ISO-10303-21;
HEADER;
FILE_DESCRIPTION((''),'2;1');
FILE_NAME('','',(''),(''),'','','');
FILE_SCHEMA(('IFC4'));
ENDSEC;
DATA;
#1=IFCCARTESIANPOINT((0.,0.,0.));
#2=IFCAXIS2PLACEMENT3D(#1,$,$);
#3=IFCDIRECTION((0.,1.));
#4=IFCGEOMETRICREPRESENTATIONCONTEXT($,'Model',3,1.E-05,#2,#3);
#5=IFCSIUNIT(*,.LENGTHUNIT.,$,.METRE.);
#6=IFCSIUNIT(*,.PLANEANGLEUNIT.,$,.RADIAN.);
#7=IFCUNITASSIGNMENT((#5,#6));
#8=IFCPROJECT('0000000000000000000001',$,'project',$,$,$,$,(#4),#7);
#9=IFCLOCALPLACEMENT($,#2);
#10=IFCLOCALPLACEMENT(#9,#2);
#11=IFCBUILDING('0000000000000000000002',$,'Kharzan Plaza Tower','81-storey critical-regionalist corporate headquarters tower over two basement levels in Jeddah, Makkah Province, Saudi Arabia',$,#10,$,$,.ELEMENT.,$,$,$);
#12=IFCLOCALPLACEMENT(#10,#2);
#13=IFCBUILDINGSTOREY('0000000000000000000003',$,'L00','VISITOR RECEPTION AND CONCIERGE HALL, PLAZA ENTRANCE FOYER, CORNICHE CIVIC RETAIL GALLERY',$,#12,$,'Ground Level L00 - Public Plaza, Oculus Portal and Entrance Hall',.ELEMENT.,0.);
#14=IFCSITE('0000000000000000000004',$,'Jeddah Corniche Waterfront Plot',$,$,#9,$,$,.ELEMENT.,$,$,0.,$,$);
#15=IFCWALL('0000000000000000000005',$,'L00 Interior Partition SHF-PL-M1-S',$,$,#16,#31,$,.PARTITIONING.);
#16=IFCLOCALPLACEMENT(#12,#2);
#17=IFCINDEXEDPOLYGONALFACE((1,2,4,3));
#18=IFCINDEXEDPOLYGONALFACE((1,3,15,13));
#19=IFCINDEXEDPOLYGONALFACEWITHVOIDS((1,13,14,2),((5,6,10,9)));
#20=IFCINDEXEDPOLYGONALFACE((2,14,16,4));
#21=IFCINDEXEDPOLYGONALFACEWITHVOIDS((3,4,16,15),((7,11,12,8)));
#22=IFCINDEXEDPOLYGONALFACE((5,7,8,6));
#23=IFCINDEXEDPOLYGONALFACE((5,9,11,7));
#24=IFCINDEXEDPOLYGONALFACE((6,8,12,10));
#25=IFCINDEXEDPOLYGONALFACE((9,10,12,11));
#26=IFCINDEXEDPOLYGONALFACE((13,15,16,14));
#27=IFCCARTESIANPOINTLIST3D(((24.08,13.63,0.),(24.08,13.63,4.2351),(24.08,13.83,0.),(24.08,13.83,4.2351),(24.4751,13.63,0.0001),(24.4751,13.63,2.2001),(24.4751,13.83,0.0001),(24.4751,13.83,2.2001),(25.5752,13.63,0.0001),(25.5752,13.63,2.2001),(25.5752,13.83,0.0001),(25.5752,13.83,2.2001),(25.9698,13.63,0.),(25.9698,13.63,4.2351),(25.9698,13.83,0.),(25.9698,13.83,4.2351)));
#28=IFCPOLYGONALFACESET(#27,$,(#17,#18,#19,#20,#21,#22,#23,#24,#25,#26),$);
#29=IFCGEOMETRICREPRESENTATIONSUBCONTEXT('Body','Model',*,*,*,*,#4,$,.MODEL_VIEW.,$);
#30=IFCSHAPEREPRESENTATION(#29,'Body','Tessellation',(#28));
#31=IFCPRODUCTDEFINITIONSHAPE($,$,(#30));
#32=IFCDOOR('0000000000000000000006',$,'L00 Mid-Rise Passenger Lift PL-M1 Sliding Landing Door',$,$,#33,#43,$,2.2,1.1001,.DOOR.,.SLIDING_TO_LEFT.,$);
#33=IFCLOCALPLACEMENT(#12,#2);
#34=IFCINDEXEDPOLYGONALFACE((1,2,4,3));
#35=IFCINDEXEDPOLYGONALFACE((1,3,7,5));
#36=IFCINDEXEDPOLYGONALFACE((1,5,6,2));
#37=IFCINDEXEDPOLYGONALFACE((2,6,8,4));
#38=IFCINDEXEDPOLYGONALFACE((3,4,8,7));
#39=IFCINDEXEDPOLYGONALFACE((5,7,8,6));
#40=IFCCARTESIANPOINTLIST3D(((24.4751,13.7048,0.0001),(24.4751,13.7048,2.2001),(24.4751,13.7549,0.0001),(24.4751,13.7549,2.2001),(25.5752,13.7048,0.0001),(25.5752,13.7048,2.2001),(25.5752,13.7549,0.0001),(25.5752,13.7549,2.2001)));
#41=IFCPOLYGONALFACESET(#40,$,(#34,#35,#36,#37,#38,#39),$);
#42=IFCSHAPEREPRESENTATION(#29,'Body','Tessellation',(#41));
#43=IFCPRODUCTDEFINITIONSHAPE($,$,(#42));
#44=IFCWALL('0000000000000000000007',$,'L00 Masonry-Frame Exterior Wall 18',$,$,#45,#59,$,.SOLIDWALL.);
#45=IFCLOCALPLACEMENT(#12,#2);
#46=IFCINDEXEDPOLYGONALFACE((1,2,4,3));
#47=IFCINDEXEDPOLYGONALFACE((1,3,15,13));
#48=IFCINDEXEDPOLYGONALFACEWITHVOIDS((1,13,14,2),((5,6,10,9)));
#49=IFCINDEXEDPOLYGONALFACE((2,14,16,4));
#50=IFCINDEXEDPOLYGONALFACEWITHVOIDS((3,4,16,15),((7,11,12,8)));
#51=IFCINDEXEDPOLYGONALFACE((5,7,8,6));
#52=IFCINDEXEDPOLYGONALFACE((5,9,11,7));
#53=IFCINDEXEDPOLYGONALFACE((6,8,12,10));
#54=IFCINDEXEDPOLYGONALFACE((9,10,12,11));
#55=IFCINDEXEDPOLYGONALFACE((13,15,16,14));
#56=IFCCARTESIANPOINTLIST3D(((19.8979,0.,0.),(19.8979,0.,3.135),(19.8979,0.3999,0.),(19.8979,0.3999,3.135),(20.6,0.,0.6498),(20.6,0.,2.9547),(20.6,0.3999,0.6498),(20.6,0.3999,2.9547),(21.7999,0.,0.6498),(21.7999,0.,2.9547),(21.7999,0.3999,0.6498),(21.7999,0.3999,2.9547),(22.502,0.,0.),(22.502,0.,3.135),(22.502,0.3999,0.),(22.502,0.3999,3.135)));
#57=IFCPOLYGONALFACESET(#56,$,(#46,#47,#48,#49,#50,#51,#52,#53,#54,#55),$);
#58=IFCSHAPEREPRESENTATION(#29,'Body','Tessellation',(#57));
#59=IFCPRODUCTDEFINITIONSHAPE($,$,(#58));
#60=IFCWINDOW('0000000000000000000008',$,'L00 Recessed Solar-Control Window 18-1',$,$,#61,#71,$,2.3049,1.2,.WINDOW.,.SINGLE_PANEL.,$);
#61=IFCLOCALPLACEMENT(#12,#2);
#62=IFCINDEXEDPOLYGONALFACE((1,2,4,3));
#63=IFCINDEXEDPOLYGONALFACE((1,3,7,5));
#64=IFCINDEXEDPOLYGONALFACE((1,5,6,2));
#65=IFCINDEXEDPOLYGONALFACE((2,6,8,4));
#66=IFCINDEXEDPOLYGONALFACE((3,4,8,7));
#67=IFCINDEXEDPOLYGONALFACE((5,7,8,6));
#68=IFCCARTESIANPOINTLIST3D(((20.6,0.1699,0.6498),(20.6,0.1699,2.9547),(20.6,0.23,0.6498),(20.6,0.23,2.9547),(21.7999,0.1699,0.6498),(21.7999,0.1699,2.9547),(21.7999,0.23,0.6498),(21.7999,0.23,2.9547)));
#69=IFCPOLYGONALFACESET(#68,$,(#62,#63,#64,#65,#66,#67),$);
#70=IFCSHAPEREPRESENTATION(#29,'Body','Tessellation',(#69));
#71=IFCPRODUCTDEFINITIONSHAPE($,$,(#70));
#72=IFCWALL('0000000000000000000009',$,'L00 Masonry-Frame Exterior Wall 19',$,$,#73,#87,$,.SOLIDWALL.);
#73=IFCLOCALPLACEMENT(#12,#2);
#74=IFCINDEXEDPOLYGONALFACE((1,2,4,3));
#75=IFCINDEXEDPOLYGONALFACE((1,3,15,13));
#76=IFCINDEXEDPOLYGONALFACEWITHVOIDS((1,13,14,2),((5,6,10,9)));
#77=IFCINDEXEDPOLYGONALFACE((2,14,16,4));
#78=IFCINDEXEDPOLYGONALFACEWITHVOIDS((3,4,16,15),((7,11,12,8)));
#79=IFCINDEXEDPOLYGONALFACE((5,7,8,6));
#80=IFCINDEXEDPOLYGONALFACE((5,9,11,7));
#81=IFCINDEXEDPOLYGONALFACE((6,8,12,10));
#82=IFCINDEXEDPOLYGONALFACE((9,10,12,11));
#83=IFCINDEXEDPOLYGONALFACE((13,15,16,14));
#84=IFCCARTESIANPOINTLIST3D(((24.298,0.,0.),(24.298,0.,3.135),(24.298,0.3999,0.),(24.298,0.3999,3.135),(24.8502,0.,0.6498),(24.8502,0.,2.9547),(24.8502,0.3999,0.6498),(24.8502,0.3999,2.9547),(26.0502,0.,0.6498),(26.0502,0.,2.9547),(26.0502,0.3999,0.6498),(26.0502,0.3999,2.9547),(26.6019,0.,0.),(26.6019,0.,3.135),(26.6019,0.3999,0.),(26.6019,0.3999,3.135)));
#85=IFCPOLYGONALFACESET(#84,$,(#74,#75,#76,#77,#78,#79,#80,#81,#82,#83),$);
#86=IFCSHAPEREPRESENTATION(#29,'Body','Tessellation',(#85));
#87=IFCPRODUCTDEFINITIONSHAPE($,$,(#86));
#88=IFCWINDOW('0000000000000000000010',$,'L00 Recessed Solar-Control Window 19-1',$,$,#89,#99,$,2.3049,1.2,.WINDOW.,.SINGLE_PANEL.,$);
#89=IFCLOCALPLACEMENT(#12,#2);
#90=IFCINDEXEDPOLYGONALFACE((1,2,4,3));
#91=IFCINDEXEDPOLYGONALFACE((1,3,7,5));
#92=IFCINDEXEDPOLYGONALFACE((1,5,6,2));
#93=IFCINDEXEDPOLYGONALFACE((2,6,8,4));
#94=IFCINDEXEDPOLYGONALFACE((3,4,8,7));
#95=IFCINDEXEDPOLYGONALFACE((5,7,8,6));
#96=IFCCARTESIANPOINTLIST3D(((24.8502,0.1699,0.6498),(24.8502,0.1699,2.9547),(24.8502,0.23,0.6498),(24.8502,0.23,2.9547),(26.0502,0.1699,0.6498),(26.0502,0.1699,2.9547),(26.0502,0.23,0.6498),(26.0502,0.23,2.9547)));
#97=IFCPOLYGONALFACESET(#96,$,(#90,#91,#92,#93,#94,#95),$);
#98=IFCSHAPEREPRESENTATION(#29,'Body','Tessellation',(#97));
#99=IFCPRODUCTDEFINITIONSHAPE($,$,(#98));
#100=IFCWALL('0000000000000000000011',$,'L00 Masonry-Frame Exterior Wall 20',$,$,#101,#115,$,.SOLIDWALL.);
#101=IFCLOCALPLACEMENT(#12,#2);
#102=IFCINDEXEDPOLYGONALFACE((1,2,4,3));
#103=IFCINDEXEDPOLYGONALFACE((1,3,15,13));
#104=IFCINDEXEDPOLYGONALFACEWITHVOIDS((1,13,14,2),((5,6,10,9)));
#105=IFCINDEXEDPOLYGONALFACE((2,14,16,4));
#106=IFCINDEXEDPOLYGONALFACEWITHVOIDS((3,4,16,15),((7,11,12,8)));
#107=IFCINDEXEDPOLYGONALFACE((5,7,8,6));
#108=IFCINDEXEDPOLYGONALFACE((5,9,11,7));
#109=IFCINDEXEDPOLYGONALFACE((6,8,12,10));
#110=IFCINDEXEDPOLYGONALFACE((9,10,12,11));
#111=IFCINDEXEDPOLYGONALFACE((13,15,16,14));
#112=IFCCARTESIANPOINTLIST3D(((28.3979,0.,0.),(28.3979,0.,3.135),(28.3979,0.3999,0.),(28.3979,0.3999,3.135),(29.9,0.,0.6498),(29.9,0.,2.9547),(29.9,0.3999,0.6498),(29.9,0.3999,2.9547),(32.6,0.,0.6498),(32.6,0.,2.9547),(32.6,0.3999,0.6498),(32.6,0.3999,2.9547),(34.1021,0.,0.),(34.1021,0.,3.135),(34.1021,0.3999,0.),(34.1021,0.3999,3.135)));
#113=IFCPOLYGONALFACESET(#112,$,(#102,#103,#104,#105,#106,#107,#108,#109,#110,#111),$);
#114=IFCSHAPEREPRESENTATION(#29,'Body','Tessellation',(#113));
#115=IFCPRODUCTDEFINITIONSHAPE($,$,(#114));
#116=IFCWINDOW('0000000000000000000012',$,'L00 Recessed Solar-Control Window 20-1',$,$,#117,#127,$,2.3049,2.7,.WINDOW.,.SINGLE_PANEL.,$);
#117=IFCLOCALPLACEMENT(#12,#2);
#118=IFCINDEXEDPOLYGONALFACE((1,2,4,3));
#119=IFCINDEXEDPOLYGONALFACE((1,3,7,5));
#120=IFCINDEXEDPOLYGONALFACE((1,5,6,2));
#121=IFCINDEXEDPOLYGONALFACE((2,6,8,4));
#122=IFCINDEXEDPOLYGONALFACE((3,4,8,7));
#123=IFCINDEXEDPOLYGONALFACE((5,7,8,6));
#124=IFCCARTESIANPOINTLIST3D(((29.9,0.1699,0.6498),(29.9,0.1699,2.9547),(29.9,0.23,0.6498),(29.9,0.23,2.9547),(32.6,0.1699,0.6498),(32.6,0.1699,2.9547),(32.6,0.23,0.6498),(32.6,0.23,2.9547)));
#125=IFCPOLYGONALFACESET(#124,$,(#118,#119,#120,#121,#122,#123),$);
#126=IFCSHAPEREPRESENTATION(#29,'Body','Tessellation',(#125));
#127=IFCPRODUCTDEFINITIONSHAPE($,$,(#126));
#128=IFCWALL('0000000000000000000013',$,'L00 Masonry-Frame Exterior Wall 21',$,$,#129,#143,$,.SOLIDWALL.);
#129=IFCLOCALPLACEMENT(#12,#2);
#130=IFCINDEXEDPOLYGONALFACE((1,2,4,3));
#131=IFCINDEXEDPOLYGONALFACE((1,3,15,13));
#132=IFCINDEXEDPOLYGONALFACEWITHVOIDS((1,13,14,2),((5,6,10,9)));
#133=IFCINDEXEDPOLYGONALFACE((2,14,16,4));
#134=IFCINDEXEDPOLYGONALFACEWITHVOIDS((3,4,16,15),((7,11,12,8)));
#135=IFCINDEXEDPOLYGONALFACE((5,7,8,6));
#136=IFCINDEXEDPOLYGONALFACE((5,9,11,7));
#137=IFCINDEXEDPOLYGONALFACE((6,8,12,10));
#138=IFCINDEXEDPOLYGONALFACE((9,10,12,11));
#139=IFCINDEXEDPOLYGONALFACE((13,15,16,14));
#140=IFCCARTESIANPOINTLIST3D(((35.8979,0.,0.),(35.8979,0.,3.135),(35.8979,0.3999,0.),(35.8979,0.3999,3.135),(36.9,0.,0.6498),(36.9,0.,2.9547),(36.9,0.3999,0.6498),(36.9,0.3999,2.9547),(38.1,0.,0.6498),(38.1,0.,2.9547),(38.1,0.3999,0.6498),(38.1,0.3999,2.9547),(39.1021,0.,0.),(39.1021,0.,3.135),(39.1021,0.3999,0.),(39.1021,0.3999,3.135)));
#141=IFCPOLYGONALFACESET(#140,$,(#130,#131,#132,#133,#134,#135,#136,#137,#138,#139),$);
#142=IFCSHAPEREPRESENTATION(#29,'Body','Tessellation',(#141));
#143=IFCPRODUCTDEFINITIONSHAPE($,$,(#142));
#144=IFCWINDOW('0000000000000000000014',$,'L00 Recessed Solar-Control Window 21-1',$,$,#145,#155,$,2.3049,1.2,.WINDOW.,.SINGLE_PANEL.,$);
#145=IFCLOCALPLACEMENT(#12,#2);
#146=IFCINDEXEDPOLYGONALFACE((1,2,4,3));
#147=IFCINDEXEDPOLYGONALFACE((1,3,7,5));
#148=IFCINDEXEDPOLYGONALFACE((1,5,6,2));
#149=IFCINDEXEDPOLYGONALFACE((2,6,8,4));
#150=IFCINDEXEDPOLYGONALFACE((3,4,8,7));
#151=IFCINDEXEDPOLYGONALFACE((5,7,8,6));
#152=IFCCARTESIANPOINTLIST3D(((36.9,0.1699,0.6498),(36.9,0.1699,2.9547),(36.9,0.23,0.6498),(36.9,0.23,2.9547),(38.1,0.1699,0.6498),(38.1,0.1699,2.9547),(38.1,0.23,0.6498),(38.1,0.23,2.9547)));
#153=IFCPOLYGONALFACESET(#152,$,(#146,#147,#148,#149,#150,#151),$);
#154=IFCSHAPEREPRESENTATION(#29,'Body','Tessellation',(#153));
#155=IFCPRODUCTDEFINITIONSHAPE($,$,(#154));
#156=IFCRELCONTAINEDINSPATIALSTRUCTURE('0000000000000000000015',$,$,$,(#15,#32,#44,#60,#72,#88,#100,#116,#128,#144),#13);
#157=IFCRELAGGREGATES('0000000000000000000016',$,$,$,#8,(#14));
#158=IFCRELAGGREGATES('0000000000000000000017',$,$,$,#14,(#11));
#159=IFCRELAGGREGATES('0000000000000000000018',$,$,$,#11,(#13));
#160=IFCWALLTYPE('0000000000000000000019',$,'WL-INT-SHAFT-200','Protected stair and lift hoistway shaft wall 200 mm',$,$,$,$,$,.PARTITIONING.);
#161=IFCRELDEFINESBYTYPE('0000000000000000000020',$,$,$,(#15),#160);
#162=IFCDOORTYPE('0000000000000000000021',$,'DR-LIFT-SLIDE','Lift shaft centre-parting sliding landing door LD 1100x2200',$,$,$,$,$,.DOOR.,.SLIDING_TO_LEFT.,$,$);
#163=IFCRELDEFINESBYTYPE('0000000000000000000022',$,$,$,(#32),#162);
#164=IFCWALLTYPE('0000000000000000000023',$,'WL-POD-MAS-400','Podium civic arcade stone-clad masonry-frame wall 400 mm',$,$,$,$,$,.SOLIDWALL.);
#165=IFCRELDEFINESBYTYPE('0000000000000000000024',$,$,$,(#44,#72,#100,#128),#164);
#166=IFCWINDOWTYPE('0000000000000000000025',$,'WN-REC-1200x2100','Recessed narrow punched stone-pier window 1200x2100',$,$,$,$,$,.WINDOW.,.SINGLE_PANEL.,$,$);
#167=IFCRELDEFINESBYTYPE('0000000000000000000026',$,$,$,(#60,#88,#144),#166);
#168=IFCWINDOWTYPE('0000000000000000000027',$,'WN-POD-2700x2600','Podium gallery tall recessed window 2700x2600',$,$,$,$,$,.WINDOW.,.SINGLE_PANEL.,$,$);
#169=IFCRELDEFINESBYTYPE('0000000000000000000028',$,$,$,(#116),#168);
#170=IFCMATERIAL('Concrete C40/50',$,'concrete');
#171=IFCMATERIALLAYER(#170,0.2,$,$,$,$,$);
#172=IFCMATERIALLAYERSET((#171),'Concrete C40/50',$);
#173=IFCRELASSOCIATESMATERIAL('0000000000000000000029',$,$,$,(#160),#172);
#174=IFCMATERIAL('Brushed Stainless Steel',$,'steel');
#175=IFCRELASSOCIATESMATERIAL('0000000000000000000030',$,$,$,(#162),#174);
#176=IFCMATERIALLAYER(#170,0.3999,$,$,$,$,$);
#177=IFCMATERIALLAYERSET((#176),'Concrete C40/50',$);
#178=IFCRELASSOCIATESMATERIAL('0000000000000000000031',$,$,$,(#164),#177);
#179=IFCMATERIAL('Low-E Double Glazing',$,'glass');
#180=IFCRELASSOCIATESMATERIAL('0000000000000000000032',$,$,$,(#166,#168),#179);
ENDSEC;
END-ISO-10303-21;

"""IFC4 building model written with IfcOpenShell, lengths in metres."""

from ifc_helpers import new_model, si_unit, direction, frame, frame_2d, origin, place, context, subcontext, project, spatial, rectangle, extrude, source, transform, mapped, material, layer, layer_set, type_object, element, fill, save


model = new_model("IFC4")

# Units and contexts
model_context = context("Model", 3, precision=1e-05, world=origin(), true_north=direction((0.0, 1.0)))
body_context = subcontext(model_context, "Body", "Model", "MODEL_VIEW")
ifc_project = project(units=[si_unit("LENGTHUNIT", "METRE"), si_unit("PLANEANGLEUNIT", "RADIAN")], contexts=[model_context])

# Site, building, storey
site_placement = place(None, origin())
site = spatial("IfcSite", under=ifc_project, at=site_placement, Name="Jeddah Corniche Waterfront Plot", CompositionType="ELEMENT", RefElevation=0.0)
building_placement = place(site_placement, origin())
building = spatial("IfcBuilding", under=site, at=building_placement, Name="Kharzan Plaza Tower", Description="81-storey critical-regionalist corporate headquarters tower over two basement levels in Jeddah, Makkah Province, Saudi Arabia", CompositionType="ELEMENT")
storey_placement = place(building_placement, origin())
storey = spatial("IfcBuildingStorey", under=building, at=storey_placement, Name="L00", Description="VISITOR RECEPTION AND CONCIERGE HALL, PLAZA ENTRANCE FOYER, CORNICHE CIVIC RETAIL GALLERY", LongName="Ground Level L00 - Public Plaza, Oculus Portal and Entrance Hall", CompositionType="ELEMENT", Elevation=0.0)

# Wall, opening, door
ifc_material_1 = material(Name="Concrete C40/50", Category="concrete")
ifc_layer_1 = layer(ifc_material_1, 0.2)
ifc_layer_set_1 = layer_set([ifc_layer_1], Name="Concrete C40/50")
wall_type_1 = type_object("IfcWallType", Name="WL-INT-SHAFT-200", Description="Protected stair and lift hoistway shaft wall 200 mm", PredefinedType="PARTITIONING", material=ifc_layer_set_1)
wall_1_placement = place(storey_placement, frame((24.0801, 13.73, 0.0), z_axis=(0.0, 0.0, 1.0), x_axis=(1.0, 0.0, 0.0)))
wall_1 = element("IfcWall", 1, at=wall_1_placement, inside=storey, type_object=wall_type_1, Name="L00 Interior Partition SHF-PL-M1-S", PredefinedType="PARTITIONING", context=body_context, shape_type="SweptSolid", body=[
    extrude(rectangle(XDim=1.8899, YDim=0.2, at=frame_2d((0.9448, 0.0))), origin(), (0.0, 0.0, 1.0), 4.2351),
])
opening_1_placement = place(wall_1_placement, frame((0.395, 0.0, 0.0)))
opening_1 = element("IfcOpeningElement", 2, at=opening_1_placement, cuts=wall_1, PredefinedType="OPENING", context=body_context, shape_type="SweptSolid", body=[
    extrude(rectangle(XDim=1.1001, YDim=2.2, at=frame_2d((0.55, 1.1001))), frame((0.0, 0.1099, 0.0), z_axis=(0.0, -1.0, 0.0), x_axis=(1.0, 0.0, 0.0)), (0.0, 0.0, 1.0), 0.22),
])
ifc_material_2 = material(Name="Brushed Stainless Steel", Category="steel")
door_type = type_object("IfcDoorType", Name="DR-LIFT-SLIDE", Description="Lift shaft centre-parting sliding landing door LD 1100x2200", OperationType="SLIDING_TO_LEFT", PredefinedType="DOOR", material=ifc_material_2)
shared_shape_1 = source(origin(), body_context, "Body", "SweptSolid", [
    extrude(rectangle(XDim=1.1001, YDim=2.2, at=frame_2d((0.55, 1.1001))), frame((0.0, 0.0249, 0.0), z_axis=(0.0, -1.0, 0.0), x_axis=(1.0, 0.0, 0.0)), (0.0, 0.0, 1.0), 0.05),
])
door_placement = place(opening_1_placement, origin())
door = element("IfcDoor", 3, at=door_placement, inside=storey, type_object=door_type, Name="L00 Mid-Rise Passenger Lift PL-M1 Sliding Landing Door", OperationType="SLIDING_TO_LEFT", OverallHeight=2.2, OverallWidth=1.1001, PredefinedType="DOOR", context=body_context, shape_type="MappedRepresentation", body=[
    mapped(shared_shape_1, transform((0.0, 0.0, 0.0), x_axis=(1.0, 0.0, 0.0), y_axis=(0.0, 1.0, 0.0), z_axis=(0.0, 0.0, 1.0))),
])
fill(opening_1, door)

# Walls, openings, windows
ifc_layer_2 = layer(ifc_material_1, 0.3999)
ifc_layer_set_2 = layer_set([ifc_layer_2], Name="Concrete C40/50")
wall_type_2 = type_object("IfcWallType", Name="WL-POD-MAS-400", Description="Podium civic arcade stone-clad masonry-frame wall 400 mm", PredefinedType="SOLIDWALL", material=ifc_layer_set_2)
wall_2_placement = place(storey_placement, frame((19.8979, 0.2, 0.0), z_axis=(0.0, 0.0, 1.0), x_axis=(1.0, 0.0, 0.0)))
wall_2 = element("IfcWall", 4, at=wall_2_placement, inside=storey, type_object=wall_type_2, Name="L00 Masonry-Frame Exterior Wall 18", PredefinedType="SOLIDWALL", context=body_context, shape_type="SweptSolid", body=[
    extrude(rectangle(XDim=2.604, YDim=0.3999, at=frame_2d((1.302, 0.0))), origin(), (0.0, 0.0, 1.0), 3.135),
])
opening_2_placement = place(wall_2_placement, frame((0.7019, 0.0, 0.6499)))
opening_2 = element("IfcOpeningElement", 5, at=opening_2_placement, cuts=wall_2, PredefinedType="OPENING", context=body_context, shape_type="SweptSolid", body=[
    extrude(rectangle(XDim=1.2, YDim=2.3049, at=frame_2d((0.6001, 1.1523))), frame((0.0, 0.21, 0.0), z_axis=(0.0, -1.0, 0.0), x_axis=(1.0, 0.0, 0.0)), (0.0, 0.0, 1.0), 0.4199),
])
ifc_material_3 = material(Name="Low-E Double Glazing", Category="glass")
window_type_1 = type_object("IfcWindowType", Name="WN-REC-1200x2100", Description="Recessed narrow punched stone-pier window 1200x2100", PartitioningType="SINGLE_PANEL", PredefinedType="WINDOW", material=ifc_material_3)
shared_shape_2 = source(origin(), body_context, "Body", "SweptSolid", [
    extrude(rectangle(XDim=1.2, YDim=2.3049, at=frame_2d((0.6001, 1.1523))), frame((0.0, 0.03, 0.0), z_axis=(0.0, -1.0, 0.0), x_axis=(1.0, 0.0, 0.0)), (0.0, 0.0, 1.0), 0.0601),
])
window_1_placement = place(opening_2_placement, origin())
window_1 = element("IfcWindow", 6, at=window_1_placement, inside=storey, type_object=window_type_1, Name="L00 Recessed Solar-Control Window 18-1", OverallHeight=2.3049, OverallWidth=1.2, PartitioningType="SINGLE_PANEL", PredefinedType="WINDOW", context=body_context, shape_type="MappedRepresentation", body=[
    mapped(shared_shape_2, transform((0.0, 0.0, 0.0), x_axis=(1.0, 0.0, 0.0), y_axis=(0.0, 1.0, 0.0), z_axis=(0.0, 0.0, 1.0))),
])
fill(opening_2, window_1)
wall_3_placement = place(storey_placement, frame((24.2981, 0.2, 0.0), z_axis=(0.0, 0.0, 1.0), x_axis=(1.0, 0.0, 0.0)))
wall_3 = element("IfcWall", 7, at=wall_3_placement, inside=storey, type_object=wall_type_2, Name="L00 Masonry-Frame Exterior Wall 19", PredefinedType="SOLIDWALL", context=body_context, shape_type="SweptSolid", body=[
    extrude(rectangle(XDim=2.304, YDim=0.3999, at=frame_2d((1.1519, 0.0))), origin(), (0.0, 0.0, 1.0), 3.135),
])
opening_3_placement = place(wall_3_placement, frame((0.552, 0.0, 0.6499)))
opening_3 = element("IfcOpeningElement", 8, at=opening_3_placement, cuts=wall_3, PredefinedType="OPENING", context=body_context, shape_type="SweptSolid", body=[
    extrude(rectangle(XDim=1.2, YDim=2.3049, at=frame_2d((0.6001, 1.1523))), frame((0.0, 0.21, 0.0), z_axis=(0.0, -1.0, 0.0), x_axis=(1.0, 0.0, 0.0)), (0.0, 0.0, 1.0), 0.4199),
])
window_2_placement = place(opening_3_placement, origin())
window_2 = element("IfcWindow", 9, at=window_2_placement, inside=storey, type_object=window_type_1, Name="L00 Recessed Solar-Control Window 19-1", OverallHeight=2.3049, OverallWidth=1.2, PartitioningType="SINGLE_PANEL", PredefinedType="WINDOW", context=body_context, shape_type="MappedRepresentation", body=[
    mapped(shared_shape_2, transform((0.0, 0.0, 0.0), x_axis=(1.0, 0.0, 0.0), y_axis=(0.0, 1.0, 0.0), z_axis=(0.0, 0.0, 1.0))),
])
fill(opening_3, window_2)
wall_4_placement = place(storey_placement, frame((28.3979, 0.2, 0.0), z_axis=(0.0, 0.0, 1.0), x_axis=(1.0, 0.0, 0.0)))
wall_4 = element("IfcWall", 10, at=wall_4_placement, inside=storey, type_object=wall_type_2, Name="L00 Masonry-Frame Exterior Wall 20", PredefinedType="SOLIDWALL", context=body_context, shape_type="SweptSolid", body=[
    extrude(rectangle(XDim=5.7041, YDim=0.3999, at=frame_2d((2.8521, 0.0))), origin(), (0.0, 0.0, 1.0), 3.135),
])
opening_4_placement = place(wall_4_placement, frame((1.502, 0.0, 0.6499)))
opening_4 = element("IfcOpeningElement", 11, at=opening_4_placement, cuts=wall_4, PredefinedType="OPENING", context=body_context, shape_type="SweptSolid", body=[
    extrude(rectangle(XDim=2.7, YDim=2.3049, at=frame_2d((1.3501, 1.1523))), frame((0.0, 0.21, 0.0), z_axis=(0.0, -1.0, 0.0), x_axis=(1.0, 0.0, 0.0)), (0.0, 0.0, 1.0), 0.4199),
])
window_type_2 = type_object("IfcWindowType", Name="WN-POD-2700x2600", Description="Podium gallery tall recessed window 2700x2600", PartitioningType="SINGLE_PANEL", PredefinedType="WINDOW", material=ifc_material_3)
shared_shape_3 = source(origin(), body_context, "Body", "SweptSolid", [
    extrude(rectangle(XDim=2.7, YDim=2.3049, at=frame_2d((1.3501, 1.1523))), frame((0.0, 0.03, 0.0), z_axis=(0.0, -1.0, 0.0), x_axis=(1.0, 0.0, 0.0)), (0.0, 0.0, 1.0), 0.0601),
])
window_3_placement = place(opening_4_placement, origin())
window_3 = element("IfcWindow", 12, at=window_3_placement, inside=storey, type_object=window_type_2, Name="L00 Recessed Solar-Control Window 20-1", OverallHeight=2.3049, OverallWidth=2.7, PartitioningType="SINGLE_PANEL", PredefinedType="WINDOW", context=body_context, shape_type="MappedRepresentation", body=[
    mapped(shared_shape_3, transform((0.0, 0.0, 0.0), x_axis=(1.0, 0.0, 0.0), y_axis=(0.0, 1.0, 0.0), z_axis=(0.0, 0.0, 1.0))),
])
fill(opening_4, window_3)
wall_5_placement = place(storey_placement, frame((35.8979, 0.2, 0.0), z_axis=(0.0, 0.0, 1.0), x_axis=(1.0, 0.0, 0.0)))
wall_5 = element("IfcWall", 13, at=wall_5_placement, inside=storey, type_object=wall_type_2, Name="L00 Masonry-Frame Exterior Wall 21", PredefinedType="SOLIDWALL", context=body_context, shape_type="SweptSolid", body=[
    extrude(rectangle(XDim=3.2041, YDim=0.3999, at=frame_2d((1.6021, 0.0))), origin(), (0.0, 0.0, 1.0), 3.135),
])
opening_5_placement = place(wall_5_placement, frame((1.002, 0.0, 0.6499)))
opening_5 = element("IfcOpeningElement", 14, at=opening_5_placement, cuts=wall_5, PredefinedType="OPENING", context=body_context, shape_type="SweptSolid", body=[
    extrude(rectangle(XDim=1.2, YDim=2.3049, at=frame_2d((0.6001, 1.1523))), frame((0.0, 0.21, 0.0), z_axis=(0.0, -1.0, 0.0), x_axis=(1.0, 0.0, 0.0)), (0.0, 0.0, 1.0), 0.4199),
])
window_4_placement = place(opening_5_placement, origin())
window_4 = element("IfcWindow", 15, at=window_4_placement, inside=storey, type_object=window_type_1, Name="L00 Recessed Solar-Control Window 21-1", OverallHeight=2.3049, OverallWidth=1.2, PartitioningType="SINGLE_PANEL", PredefinedType="WINDOW", context=body_context, shape_type="MappedRepresentation", body=[
    mapped(shared_shape_2, transform((0.0, 0.0, 0.0), x_axis=(1.0, 0.0, 0.0), y_axis=(0.0, 1.0, 0.0), z_axis=(0.0, 0.0, 1.0))),
])
fill(opening_5, window_4)

save(model, "model.ifc")
